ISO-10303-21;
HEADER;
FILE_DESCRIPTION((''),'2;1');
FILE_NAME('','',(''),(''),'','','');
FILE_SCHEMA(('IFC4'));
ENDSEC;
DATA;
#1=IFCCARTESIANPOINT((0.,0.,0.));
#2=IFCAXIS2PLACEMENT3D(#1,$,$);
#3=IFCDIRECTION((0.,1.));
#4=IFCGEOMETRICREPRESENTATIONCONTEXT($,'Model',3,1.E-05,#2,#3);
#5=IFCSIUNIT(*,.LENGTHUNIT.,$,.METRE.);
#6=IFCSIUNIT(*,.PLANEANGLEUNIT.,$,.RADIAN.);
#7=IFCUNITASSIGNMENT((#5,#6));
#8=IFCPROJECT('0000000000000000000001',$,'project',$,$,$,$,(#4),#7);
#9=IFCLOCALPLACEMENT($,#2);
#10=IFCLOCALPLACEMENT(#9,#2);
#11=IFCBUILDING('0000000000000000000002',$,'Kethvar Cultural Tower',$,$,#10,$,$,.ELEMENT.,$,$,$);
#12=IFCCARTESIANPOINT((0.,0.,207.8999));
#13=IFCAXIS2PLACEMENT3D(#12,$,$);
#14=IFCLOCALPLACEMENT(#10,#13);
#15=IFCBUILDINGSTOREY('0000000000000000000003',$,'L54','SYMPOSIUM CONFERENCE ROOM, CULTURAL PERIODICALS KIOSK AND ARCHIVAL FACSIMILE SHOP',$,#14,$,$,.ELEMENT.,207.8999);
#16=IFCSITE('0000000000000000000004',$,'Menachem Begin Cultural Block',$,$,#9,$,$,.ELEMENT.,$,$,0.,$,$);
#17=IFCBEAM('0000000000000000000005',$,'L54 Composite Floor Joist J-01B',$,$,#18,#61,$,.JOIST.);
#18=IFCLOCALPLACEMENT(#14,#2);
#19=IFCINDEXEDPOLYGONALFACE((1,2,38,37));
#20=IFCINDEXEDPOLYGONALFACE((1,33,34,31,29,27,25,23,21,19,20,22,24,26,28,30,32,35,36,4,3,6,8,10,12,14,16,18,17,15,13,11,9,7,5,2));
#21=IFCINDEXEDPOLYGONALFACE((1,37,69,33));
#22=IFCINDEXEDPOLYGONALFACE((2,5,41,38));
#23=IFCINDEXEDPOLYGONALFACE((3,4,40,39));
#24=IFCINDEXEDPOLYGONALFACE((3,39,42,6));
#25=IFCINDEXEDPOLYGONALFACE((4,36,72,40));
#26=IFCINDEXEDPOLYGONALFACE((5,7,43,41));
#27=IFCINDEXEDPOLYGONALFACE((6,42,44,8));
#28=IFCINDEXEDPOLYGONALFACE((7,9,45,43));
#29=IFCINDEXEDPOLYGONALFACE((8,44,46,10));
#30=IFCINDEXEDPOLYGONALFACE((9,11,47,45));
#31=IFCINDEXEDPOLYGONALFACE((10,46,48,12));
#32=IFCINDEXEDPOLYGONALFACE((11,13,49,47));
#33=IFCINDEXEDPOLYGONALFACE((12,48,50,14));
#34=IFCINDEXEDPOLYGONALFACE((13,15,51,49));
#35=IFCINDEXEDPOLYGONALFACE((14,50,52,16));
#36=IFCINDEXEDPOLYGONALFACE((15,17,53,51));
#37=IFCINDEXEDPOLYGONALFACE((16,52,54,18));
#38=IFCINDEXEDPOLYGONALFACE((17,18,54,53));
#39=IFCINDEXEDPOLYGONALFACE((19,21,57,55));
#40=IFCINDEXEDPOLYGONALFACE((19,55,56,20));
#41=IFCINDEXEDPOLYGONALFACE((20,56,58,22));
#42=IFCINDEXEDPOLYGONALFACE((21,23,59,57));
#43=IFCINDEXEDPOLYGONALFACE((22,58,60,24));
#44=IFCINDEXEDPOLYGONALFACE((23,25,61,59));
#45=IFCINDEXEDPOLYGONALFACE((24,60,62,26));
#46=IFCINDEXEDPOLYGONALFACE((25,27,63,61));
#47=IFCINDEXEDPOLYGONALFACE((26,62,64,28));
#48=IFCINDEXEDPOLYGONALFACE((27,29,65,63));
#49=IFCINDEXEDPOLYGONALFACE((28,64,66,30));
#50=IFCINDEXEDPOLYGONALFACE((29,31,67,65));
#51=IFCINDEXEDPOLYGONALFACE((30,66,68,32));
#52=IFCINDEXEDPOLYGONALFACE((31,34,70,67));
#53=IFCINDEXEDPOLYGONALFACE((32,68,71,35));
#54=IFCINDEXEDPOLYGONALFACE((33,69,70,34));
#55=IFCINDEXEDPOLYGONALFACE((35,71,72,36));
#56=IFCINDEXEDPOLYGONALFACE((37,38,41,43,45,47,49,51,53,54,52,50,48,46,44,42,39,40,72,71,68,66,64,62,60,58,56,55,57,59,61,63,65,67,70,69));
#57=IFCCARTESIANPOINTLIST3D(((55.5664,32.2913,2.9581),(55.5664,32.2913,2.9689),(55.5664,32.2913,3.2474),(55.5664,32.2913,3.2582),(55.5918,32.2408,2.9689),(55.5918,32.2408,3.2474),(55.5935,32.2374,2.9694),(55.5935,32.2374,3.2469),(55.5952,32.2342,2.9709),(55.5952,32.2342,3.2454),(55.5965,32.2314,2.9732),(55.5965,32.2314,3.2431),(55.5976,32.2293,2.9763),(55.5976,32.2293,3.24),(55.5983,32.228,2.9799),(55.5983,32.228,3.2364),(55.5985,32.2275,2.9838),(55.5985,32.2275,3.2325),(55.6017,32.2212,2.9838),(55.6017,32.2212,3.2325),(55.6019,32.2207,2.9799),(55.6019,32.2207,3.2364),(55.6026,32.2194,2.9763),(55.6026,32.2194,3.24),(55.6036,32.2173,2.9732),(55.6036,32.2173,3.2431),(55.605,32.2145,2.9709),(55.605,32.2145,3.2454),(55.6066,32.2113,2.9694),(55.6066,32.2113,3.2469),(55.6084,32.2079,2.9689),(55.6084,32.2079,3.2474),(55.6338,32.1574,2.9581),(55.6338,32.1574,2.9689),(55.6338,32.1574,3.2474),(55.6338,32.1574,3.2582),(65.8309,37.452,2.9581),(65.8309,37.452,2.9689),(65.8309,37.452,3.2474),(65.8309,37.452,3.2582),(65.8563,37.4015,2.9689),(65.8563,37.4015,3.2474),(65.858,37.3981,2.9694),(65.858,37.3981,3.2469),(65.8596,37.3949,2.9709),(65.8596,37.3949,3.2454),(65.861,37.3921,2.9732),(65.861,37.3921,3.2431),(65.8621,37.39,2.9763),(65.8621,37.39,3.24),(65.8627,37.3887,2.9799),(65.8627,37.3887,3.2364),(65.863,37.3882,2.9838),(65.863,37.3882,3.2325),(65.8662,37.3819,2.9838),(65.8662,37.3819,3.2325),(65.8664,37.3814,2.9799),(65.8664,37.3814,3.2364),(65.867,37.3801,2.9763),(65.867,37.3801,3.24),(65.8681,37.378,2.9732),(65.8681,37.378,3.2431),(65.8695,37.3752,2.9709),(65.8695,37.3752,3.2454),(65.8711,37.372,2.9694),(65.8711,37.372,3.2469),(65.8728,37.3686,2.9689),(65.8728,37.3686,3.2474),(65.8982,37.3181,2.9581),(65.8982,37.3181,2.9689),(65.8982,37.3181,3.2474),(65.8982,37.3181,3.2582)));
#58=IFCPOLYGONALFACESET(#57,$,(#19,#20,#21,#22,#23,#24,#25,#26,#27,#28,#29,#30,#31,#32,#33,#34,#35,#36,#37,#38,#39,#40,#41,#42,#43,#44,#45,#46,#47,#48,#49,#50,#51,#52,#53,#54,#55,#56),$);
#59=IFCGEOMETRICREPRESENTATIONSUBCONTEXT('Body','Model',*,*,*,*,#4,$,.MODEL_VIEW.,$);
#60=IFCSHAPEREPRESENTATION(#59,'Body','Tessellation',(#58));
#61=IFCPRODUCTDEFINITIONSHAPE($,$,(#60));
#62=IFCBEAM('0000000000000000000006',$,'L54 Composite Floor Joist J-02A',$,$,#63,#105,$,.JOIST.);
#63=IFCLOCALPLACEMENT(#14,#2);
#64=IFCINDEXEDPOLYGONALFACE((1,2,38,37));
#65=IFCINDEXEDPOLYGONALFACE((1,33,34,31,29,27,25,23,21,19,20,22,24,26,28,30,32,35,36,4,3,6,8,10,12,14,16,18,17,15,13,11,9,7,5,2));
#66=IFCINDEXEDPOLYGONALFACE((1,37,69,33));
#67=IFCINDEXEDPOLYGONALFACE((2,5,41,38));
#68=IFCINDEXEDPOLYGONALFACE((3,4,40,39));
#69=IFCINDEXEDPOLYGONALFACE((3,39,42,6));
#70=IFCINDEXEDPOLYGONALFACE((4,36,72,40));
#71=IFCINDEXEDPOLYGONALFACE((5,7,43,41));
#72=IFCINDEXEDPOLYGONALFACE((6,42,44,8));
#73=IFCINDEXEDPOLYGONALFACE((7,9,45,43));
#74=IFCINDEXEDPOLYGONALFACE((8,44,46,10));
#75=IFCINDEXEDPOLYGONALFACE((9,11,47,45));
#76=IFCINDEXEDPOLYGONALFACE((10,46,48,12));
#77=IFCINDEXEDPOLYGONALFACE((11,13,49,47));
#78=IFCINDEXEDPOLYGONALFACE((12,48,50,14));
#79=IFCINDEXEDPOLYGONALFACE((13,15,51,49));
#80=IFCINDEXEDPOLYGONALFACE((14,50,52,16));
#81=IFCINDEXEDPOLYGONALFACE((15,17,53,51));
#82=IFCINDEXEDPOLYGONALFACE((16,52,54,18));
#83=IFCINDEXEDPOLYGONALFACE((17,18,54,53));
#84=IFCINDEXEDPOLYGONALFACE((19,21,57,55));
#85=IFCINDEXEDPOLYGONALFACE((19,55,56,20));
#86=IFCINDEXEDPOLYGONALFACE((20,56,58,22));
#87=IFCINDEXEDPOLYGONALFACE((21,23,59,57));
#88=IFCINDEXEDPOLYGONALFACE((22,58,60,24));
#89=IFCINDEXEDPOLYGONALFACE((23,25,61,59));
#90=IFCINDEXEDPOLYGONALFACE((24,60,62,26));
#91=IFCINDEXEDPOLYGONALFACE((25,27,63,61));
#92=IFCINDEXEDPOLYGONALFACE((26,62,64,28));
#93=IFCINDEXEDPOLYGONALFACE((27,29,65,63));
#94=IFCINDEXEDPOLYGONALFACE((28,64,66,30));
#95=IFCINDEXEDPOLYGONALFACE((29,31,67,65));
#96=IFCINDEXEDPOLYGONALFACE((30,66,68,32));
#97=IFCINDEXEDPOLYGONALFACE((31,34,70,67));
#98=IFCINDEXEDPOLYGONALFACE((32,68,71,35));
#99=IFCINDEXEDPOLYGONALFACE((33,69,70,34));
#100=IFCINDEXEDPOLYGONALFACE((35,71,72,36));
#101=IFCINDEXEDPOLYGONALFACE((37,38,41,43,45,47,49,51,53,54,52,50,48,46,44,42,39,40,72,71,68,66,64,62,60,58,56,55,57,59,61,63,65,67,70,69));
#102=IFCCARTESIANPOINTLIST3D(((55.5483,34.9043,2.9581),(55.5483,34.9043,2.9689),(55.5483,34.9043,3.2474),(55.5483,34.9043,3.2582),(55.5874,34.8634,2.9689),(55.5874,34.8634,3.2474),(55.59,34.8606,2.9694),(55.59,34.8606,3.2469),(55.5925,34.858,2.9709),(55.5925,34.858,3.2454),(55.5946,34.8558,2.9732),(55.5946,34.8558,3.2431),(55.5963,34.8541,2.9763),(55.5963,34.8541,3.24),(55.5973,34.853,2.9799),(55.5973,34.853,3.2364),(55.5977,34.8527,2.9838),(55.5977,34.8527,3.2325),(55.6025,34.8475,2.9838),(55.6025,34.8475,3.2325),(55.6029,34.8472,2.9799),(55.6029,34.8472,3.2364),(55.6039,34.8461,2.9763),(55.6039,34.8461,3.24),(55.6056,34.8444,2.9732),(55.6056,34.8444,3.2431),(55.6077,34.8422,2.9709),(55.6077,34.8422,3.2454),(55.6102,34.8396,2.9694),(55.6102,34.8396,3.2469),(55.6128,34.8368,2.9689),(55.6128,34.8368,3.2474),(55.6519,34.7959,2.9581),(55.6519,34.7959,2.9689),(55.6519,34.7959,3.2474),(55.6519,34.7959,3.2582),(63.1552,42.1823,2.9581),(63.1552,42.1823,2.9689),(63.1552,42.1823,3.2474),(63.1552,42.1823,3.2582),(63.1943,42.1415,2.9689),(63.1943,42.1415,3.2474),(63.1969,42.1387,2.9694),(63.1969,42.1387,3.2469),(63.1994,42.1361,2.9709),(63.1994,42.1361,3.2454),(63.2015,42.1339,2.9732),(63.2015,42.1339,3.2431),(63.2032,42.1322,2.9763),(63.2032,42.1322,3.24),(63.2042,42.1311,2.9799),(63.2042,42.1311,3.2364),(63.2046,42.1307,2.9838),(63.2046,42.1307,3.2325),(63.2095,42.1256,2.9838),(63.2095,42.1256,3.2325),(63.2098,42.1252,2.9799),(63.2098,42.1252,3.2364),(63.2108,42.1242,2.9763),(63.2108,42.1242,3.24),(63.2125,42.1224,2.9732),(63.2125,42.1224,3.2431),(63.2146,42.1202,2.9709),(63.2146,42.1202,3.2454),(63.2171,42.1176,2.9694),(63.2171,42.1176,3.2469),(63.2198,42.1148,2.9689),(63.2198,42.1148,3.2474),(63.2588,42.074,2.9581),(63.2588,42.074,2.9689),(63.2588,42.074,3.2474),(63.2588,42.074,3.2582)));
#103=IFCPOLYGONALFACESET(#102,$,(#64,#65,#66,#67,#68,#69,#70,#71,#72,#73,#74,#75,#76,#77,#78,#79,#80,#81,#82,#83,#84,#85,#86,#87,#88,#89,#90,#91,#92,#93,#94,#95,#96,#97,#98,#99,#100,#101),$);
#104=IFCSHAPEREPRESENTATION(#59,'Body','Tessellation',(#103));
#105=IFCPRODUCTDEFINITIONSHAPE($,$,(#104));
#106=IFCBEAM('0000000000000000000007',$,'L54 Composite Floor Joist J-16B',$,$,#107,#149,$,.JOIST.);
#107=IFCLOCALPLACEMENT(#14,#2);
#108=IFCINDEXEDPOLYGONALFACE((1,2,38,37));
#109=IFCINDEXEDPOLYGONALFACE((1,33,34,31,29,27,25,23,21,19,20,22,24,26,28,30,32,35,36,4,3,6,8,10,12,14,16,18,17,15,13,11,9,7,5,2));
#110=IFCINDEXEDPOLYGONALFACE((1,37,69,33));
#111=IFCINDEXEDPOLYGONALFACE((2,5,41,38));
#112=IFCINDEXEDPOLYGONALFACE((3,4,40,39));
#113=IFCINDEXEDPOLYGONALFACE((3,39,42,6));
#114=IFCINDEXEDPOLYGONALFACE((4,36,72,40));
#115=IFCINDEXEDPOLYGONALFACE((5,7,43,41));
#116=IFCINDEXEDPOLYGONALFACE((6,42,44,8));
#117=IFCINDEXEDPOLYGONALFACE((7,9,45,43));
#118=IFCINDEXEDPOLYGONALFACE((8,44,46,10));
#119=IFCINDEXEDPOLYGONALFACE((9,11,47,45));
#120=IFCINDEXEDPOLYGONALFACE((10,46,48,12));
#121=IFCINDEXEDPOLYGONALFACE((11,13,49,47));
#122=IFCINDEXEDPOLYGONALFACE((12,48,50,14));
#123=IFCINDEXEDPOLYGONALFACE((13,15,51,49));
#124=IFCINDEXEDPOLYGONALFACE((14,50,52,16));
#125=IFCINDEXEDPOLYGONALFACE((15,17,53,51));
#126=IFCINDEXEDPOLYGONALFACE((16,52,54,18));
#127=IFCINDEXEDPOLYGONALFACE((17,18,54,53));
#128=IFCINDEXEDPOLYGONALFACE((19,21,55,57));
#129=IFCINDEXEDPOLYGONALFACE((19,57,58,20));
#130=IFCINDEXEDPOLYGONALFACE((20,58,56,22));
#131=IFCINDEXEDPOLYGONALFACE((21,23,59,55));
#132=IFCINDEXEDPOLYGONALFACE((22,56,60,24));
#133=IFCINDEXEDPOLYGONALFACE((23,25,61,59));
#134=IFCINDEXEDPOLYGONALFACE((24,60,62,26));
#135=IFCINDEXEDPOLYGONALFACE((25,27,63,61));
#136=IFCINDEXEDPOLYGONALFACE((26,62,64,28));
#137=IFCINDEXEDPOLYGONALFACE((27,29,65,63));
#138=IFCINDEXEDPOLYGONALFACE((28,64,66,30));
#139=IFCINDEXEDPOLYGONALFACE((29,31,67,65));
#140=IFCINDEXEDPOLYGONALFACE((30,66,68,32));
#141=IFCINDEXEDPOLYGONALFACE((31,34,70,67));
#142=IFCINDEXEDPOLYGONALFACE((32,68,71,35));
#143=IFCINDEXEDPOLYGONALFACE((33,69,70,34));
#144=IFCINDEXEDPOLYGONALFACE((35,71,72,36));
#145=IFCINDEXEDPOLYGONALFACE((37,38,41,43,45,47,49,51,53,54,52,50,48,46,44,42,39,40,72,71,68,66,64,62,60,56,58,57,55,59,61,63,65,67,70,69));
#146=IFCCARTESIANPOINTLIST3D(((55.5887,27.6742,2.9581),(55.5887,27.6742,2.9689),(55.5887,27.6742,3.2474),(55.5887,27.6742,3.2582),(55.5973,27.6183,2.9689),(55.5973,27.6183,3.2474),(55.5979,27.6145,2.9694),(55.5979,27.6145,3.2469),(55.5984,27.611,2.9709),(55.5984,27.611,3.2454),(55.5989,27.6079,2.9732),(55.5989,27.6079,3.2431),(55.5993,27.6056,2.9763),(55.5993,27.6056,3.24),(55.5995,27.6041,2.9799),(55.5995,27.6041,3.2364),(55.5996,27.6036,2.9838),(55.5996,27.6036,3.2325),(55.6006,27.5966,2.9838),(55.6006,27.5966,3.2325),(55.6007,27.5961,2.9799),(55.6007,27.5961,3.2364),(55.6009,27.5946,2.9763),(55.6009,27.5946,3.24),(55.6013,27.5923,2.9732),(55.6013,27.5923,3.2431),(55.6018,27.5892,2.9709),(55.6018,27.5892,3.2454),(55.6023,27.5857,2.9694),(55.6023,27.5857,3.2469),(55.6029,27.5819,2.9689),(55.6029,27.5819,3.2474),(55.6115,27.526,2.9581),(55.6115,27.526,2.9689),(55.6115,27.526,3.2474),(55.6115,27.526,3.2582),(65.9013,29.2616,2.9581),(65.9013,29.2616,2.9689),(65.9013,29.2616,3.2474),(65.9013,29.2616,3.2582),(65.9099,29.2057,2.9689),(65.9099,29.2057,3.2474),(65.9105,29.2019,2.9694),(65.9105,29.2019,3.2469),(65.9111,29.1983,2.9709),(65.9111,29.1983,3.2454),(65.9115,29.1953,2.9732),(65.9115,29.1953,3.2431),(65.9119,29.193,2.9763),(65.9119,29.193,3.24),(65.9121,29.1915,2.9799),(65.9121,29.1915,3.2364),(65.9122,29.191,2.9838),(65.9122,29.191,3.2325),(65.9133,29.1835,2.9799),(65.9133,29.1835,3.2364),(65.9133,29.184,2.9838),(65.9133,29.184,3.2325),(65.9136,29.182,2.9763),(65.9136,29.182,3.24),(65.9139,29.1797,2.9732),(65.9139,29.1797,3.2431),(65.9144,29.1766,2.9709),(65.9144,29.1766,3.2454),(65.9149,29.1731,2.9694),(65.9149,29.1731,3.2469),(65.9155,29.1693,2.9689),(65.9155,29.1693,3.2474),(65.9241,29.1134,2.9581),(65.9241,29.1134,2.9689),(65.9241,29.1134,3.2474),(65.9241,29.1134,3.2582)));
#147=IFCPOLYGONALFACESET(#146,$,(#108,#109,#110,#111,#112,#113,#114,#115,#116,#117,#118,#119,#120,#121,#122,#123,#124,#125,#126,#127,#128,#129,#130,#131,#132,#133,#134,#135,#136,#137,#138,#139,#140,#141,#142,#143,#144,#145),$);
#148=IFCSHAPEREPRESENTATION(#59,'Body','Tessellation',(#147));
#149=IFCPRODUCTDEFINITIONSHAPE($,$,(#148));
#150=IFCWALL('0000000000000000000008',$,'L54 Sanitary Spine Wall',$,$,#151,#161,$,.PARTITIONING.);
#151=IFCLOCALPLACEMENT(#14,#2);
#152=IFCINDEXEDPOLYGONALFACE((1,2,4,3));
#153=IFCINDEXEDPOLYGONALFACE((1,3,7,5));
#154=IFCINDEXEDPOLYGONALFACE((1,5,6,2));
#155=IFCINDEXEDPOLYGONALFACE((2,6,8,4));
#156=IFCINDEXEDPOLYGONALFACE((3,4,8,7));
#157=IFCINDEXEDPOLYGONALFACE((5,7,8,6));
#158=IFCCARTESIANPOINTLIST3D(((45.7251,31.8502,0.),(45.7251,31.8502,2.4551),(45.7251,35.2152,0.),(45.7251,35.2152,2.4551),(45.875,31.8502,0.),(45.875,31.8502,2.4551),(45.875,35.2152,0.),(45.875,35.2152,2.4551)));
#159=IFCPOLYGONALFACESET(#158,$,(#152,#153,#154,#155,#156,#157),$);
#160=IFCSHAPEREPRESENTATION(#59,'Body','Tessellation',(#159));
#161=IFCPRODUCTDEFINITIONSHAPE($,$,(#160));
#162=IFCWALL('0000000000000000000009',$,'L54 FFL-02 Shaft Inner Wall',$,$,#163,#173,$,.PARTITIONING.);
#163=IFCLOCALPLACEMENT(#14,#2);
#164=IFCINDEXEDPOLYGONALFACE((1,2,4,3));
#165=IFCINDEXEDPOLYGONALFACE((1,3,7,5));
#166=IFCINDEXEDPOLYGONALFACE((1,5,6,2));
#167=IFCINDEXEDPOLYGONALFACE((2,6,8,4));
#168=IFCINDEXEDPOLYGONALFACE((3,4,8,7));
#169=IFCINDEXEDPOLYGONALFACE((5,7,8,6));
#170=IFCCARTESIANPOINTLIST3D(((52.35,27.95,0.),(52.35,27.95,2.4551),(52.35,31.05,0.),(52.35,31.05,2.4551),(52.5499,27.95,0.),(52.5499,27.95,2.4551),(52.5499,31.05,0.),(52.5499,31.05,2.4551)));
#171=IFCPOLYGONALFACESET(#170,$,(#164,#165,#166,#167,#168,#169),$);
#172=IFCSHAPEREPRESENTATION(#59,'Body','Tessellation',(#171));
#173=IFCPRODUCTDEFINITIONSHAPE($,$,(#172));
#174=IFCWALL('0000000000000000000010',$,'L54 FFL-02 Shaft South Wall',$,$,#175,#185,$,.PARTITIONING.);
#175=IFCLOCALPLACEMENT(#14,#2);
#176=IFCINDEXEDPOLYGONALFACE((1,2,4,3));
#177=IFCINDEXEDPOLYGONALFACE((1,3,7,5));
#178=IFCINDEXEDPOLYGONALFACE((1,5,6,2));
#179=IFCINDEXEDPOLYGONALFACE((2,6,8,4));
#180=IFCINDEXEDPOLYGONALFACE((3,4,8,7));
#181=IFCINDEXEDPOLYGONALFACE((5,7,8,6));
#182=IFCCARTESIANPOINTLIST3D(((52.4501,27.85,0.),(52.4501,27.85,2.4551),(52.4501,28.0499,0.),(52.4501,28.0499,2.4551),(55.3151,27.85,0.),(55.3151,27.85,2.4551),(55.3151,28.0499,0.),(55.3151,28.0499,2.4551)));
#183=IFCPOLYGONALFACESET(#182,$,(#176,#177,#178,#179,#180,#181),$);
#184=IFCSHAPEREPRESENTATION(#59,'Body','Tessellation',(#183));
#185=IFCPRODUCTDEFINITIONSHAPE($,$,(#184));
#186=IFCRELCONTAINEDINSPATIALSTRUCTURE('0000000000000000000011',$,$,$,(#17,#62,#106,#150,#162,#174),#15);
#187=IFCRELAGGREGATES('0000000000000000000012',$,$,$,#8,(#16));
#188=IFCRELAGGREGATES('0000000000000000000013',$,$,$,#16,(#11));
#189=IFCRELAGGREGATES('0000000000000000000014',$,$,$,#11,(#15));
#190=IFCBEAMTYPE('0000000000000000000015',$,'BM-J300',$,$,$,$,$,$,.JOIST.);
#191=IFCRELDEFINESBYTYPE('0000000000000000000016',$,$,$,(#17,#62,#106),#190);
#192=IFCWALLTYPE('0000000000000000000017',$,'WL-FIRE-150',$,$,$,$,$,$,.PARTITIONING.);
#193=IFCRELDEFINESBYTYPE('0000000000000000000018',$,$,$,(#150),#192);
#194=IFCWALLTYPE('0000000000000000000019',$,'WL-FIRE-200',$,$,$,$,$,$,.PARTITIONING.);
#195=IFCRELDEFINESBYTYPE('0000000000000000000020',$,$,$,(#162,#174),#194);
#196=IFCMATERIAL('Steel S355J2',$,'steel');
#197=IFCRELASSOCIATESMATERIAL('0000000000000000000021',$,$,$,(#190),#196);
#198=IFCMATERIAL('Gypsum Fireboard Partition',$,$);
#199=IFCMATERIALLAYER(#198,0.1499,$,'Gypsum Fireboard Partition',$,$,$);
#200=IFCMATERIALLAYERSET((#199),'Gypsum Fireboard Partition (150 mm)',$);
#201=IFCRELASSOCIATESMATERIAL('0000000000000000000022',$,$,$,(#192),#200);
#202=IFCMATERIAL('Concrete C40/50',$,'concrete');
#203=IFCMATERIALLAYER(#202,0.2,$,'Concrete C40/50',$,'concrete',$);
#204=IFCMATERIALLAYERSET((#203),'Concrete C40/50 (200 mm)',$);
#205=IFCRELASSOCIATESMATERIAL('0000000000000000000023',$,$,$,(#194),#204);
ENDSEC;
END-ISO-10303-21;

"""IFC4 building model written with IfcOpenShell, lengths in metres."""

from ifc_helpers import new_model, si_unit, direction, frame, frame_2d, origin, origin_2d, place, context, subcontext, project, spatial, rectangle, i_section, extrude, source, transform, mapped, material, layer, layer_set, material_profile, profile_set, type_object, element, save


model = new_model("IFC4")

# Units and contexts
model_context = context("Model", 3, precision=1e-05, world=origin(), true_north=direction((0.0, 1.0)))
body_context = subcontext(model_context, "Body", "Model", "MODEL_VIEW")
ifc_project = project(units=[si_unit("LENGTHUNIT", "METRE"), si_unit("PLANEANGLEUNIT", "RADIAN")], contexts=[model_context])

# Site, building, storey
site_placement = place(None, origin())
site = spatial("IfcSite", under=ifc_project, at=site_placement, Name="Menachem Begin Cultural Block", CompositionType="ELEMENT", RefElevation=0.0)
building_placement = place(site_placement, origin())
building = spatial("IfcBuilding", under=site, at=building_placement, Name="Kethvar Cultural Tower", CompositionType="ELEMENT")
storey_placement = place(building_placement, frame((0.0, 0.0, 207.8999)))
storey = spatial("IfcBuildingStorey", under=building, at=storey_placement, Name="L54", Description="SYMPOSIUM CONFERENCE ROOM, CULTURAL PERIODICALS KIOSK AND ARCHIVAL FACSIMILE SHOP", CompositionType="ELEMENT", Elevation=207.8999)

# Beams
ifc_material_1 = material(Name="Steel S355J2", Category="steel")
ifc_material_profile_1 = material_profile(ifc_material_1, i_section(OverallWidth=0.1499, OverallDepth=0.3, WebThickness=0.0071, FlangeThickness=0.0107, FilletRadius=0.0149, at=origin_2d()), Name="Steel S355J2 — IPE300")
ifc_profile_set_1 = profile_set([ifc_material_profile_1], Name="Steel S355J2 — IPE300")
beam_type_1 = type_object("IfcBeamType", Name="BM-J300", PredefinedType="JOIST", material=ifc_profile_set_1)
shared_shape_1 = source(origin(), body_context, "Body", "SweptSolid", [
    extrude(i_section(OverallWidth=0.1499, OverallDepth=0.3, WebThickness=0.0071, FlangeThickness=0.0107, FilletRadius=0.0149, at=origin_2d()), origin(), (0.0, 0.0, 1.0), 11.4888),
])
beam_1_placement = place(storey_placement, frame((55.6001, 32.2244, 3.1082), z_axis=(0.893435, 0.449193, 0.0), x_axis=(-0.449193, 0.893435, 0.0)))
element("IfcBeam", 1, at=beam_1_placement, inside=storey, type_object=beam_type_1, Name="L54 Composite Floor Joist J-01B", PredefinedType="JOIST", context=body_context, shape_type="MappedRepresentation", body=[
    mapped(shared_shape_1, transform((0.0, 0.0, 0.0), scale=1.0)),
])
shared_shape_2 = source(origin(), body_context, "Body", "SweptSolid", [
    extrude(i_section(OverallWidth=0.1499, OverallDepth=0.3, WebThickness=0.0071, FlangeThickness=0.0107, FilletRadius=0.0149, at=origin_2d()), origin(), (0.0, 0.0, 1.0), 10.5278),
])
beam_2_placement = place(storey_placement, frame((55.6001, 34.8501, 3.1082), z_axis=(0.722553, 0.691316, 0.0), x_axis=(-0.691316, 0.722553, 0.0)))
element("IfcBeam", 2, at=beam_2_placement, inside=storey, type_object=beam_type_1, Name="L54 Composite Floor Joist J-02A", PredefinedType="JOIST", context=body_context, shape_type="MappedRepresentation", body=[
    mapped(shared_shape_2, transform((0.0, 0.0, 0.0), scale=1.0)),
])
shared_shape_3 = source(origin(), body_context, "Body", "SweptSolid", [
    extrude(i_section(OverallWidth=0.1499, OverallDepth=0.3, WebThickness=0.0071, FlangeThickness=0.0107, FilletRadius=0.0149, at=origin_2d()), origin(), (0.0, 0.0, 1.0), 10.4341),
])
beam_3_placement = place(storey_placement, frame((55.6001, 27.6001, 3.1082), z_axis=(0.98836, 0.152135, 0.0), x_axis=(-0.152135, 0.98836, 0.0)))
element("IfcBeam", 3, at=beam_3_placement, inside=storey, type_object=beam_type_1, Name="L54 Composite Floor Joist J-16B", PredefinedType="JOIST", context=body_context, shape_type="MappedRepresentation", body=[
    mapped(shared_shape_3, transform((0.0, 0.0, 0.0), scale=1.0)),
])

# Walls
ifc_material_2 = material(Name="Gypsum Fireboard Partition")
ifc_layer_1 = layer(ifc_material_2, 0.1499, Name="Gypsum Fireboard Partition")
ifc_layer_set_1 = layer_set([ifc_layer_1], Name="Gypsum Fireboard Partition (150 mm)")
wall_type_1 = type_object("IfcWallType", Name="WL-FIRE-150", PredefinedType="PARTITIONING", material=ifc_layer_set_1)
wall_1_placement = place(storey_placement, frame((45.8, 31.8501, 0.0), z_axis=(0.0, 0.0, 1.0), x_axis=(0.0, 1.0, 0.0)))
element("IfcWall", 4, at=wall_1_placement, inside=storey, type_object=wall_type_1, Name="L54 Sanitary Spine Wall", PredefinedType="PARTITIONING", context=body_context, shape_type="SweptSolid", body=[
    extrude(rectangle(XDim=3.365, YDim=0.1499, at=frame_2d((1.6826, 0.0))), origin(), (0.0, 0.0, 1.0), 2.4551),
])
ifc_material_3 = material(Name="Concrete C40/50", Category="concrete")
ifc_layer_2 = layer(ifc_material_3, 0.2, Name="Concrete C40/50", Category="concrete")
ifc_layer_set_2 = layer_set([ifc_layer_2], Name="Concrete C40/50 (200 mm)")
wall_type_2 = type_object("IfcWallType", Name="WL-FIRE-200", PredefinedType="PARTITIONING", material=ifc_layer_set_2)
wall_2_placement = place(storey_placement, frame((52.45, 27.95, 0.0), z_axis=(0.0, 0.0, 1.0), x_axis=(0.0, 1.0, 0.0)))
element("IfcWall", 5, at=wall_2_placement, inside=storey, type_object=wall_type_2, Name="L54 FFL-02 Shaft Inner Wall", PredefinedType="PARTITIONING", context=body_context, shape_type="SweptSolid", body=[
    extrude(rectangle(XDim=3.1001, YDim=0.2, at=frame_2d((1.55, 0.0))), origin(), (0.0, 0.0, 1.0), 2.4551),
])
for number, where, z_axis, x_axis, name in (
    (6, (52.45, 27.95, 0.0), (0.0, 0.0, 1.0), (1.0, 0.0, 0.0), "L54 FFL-02 Shaft South Wall"),
):
    element("IfcWall", number, at=place(storey_placement, frame(where, z_axis=z_axis, x_axis=x_axis)), inside=storey, type_object=wall_type_2, Name=name, PredefinedType="PARTITIONING", context=body_context, shape_type="SweptSolid", body=[
        extrude(rectangle(XDim=2.865, YDim=0.2, at=frame_2d((1.4326, 0.0))), origin(), (0.0, 0.0, 1.0), 2.4551),
    ])

save(model, "model.ifc")
